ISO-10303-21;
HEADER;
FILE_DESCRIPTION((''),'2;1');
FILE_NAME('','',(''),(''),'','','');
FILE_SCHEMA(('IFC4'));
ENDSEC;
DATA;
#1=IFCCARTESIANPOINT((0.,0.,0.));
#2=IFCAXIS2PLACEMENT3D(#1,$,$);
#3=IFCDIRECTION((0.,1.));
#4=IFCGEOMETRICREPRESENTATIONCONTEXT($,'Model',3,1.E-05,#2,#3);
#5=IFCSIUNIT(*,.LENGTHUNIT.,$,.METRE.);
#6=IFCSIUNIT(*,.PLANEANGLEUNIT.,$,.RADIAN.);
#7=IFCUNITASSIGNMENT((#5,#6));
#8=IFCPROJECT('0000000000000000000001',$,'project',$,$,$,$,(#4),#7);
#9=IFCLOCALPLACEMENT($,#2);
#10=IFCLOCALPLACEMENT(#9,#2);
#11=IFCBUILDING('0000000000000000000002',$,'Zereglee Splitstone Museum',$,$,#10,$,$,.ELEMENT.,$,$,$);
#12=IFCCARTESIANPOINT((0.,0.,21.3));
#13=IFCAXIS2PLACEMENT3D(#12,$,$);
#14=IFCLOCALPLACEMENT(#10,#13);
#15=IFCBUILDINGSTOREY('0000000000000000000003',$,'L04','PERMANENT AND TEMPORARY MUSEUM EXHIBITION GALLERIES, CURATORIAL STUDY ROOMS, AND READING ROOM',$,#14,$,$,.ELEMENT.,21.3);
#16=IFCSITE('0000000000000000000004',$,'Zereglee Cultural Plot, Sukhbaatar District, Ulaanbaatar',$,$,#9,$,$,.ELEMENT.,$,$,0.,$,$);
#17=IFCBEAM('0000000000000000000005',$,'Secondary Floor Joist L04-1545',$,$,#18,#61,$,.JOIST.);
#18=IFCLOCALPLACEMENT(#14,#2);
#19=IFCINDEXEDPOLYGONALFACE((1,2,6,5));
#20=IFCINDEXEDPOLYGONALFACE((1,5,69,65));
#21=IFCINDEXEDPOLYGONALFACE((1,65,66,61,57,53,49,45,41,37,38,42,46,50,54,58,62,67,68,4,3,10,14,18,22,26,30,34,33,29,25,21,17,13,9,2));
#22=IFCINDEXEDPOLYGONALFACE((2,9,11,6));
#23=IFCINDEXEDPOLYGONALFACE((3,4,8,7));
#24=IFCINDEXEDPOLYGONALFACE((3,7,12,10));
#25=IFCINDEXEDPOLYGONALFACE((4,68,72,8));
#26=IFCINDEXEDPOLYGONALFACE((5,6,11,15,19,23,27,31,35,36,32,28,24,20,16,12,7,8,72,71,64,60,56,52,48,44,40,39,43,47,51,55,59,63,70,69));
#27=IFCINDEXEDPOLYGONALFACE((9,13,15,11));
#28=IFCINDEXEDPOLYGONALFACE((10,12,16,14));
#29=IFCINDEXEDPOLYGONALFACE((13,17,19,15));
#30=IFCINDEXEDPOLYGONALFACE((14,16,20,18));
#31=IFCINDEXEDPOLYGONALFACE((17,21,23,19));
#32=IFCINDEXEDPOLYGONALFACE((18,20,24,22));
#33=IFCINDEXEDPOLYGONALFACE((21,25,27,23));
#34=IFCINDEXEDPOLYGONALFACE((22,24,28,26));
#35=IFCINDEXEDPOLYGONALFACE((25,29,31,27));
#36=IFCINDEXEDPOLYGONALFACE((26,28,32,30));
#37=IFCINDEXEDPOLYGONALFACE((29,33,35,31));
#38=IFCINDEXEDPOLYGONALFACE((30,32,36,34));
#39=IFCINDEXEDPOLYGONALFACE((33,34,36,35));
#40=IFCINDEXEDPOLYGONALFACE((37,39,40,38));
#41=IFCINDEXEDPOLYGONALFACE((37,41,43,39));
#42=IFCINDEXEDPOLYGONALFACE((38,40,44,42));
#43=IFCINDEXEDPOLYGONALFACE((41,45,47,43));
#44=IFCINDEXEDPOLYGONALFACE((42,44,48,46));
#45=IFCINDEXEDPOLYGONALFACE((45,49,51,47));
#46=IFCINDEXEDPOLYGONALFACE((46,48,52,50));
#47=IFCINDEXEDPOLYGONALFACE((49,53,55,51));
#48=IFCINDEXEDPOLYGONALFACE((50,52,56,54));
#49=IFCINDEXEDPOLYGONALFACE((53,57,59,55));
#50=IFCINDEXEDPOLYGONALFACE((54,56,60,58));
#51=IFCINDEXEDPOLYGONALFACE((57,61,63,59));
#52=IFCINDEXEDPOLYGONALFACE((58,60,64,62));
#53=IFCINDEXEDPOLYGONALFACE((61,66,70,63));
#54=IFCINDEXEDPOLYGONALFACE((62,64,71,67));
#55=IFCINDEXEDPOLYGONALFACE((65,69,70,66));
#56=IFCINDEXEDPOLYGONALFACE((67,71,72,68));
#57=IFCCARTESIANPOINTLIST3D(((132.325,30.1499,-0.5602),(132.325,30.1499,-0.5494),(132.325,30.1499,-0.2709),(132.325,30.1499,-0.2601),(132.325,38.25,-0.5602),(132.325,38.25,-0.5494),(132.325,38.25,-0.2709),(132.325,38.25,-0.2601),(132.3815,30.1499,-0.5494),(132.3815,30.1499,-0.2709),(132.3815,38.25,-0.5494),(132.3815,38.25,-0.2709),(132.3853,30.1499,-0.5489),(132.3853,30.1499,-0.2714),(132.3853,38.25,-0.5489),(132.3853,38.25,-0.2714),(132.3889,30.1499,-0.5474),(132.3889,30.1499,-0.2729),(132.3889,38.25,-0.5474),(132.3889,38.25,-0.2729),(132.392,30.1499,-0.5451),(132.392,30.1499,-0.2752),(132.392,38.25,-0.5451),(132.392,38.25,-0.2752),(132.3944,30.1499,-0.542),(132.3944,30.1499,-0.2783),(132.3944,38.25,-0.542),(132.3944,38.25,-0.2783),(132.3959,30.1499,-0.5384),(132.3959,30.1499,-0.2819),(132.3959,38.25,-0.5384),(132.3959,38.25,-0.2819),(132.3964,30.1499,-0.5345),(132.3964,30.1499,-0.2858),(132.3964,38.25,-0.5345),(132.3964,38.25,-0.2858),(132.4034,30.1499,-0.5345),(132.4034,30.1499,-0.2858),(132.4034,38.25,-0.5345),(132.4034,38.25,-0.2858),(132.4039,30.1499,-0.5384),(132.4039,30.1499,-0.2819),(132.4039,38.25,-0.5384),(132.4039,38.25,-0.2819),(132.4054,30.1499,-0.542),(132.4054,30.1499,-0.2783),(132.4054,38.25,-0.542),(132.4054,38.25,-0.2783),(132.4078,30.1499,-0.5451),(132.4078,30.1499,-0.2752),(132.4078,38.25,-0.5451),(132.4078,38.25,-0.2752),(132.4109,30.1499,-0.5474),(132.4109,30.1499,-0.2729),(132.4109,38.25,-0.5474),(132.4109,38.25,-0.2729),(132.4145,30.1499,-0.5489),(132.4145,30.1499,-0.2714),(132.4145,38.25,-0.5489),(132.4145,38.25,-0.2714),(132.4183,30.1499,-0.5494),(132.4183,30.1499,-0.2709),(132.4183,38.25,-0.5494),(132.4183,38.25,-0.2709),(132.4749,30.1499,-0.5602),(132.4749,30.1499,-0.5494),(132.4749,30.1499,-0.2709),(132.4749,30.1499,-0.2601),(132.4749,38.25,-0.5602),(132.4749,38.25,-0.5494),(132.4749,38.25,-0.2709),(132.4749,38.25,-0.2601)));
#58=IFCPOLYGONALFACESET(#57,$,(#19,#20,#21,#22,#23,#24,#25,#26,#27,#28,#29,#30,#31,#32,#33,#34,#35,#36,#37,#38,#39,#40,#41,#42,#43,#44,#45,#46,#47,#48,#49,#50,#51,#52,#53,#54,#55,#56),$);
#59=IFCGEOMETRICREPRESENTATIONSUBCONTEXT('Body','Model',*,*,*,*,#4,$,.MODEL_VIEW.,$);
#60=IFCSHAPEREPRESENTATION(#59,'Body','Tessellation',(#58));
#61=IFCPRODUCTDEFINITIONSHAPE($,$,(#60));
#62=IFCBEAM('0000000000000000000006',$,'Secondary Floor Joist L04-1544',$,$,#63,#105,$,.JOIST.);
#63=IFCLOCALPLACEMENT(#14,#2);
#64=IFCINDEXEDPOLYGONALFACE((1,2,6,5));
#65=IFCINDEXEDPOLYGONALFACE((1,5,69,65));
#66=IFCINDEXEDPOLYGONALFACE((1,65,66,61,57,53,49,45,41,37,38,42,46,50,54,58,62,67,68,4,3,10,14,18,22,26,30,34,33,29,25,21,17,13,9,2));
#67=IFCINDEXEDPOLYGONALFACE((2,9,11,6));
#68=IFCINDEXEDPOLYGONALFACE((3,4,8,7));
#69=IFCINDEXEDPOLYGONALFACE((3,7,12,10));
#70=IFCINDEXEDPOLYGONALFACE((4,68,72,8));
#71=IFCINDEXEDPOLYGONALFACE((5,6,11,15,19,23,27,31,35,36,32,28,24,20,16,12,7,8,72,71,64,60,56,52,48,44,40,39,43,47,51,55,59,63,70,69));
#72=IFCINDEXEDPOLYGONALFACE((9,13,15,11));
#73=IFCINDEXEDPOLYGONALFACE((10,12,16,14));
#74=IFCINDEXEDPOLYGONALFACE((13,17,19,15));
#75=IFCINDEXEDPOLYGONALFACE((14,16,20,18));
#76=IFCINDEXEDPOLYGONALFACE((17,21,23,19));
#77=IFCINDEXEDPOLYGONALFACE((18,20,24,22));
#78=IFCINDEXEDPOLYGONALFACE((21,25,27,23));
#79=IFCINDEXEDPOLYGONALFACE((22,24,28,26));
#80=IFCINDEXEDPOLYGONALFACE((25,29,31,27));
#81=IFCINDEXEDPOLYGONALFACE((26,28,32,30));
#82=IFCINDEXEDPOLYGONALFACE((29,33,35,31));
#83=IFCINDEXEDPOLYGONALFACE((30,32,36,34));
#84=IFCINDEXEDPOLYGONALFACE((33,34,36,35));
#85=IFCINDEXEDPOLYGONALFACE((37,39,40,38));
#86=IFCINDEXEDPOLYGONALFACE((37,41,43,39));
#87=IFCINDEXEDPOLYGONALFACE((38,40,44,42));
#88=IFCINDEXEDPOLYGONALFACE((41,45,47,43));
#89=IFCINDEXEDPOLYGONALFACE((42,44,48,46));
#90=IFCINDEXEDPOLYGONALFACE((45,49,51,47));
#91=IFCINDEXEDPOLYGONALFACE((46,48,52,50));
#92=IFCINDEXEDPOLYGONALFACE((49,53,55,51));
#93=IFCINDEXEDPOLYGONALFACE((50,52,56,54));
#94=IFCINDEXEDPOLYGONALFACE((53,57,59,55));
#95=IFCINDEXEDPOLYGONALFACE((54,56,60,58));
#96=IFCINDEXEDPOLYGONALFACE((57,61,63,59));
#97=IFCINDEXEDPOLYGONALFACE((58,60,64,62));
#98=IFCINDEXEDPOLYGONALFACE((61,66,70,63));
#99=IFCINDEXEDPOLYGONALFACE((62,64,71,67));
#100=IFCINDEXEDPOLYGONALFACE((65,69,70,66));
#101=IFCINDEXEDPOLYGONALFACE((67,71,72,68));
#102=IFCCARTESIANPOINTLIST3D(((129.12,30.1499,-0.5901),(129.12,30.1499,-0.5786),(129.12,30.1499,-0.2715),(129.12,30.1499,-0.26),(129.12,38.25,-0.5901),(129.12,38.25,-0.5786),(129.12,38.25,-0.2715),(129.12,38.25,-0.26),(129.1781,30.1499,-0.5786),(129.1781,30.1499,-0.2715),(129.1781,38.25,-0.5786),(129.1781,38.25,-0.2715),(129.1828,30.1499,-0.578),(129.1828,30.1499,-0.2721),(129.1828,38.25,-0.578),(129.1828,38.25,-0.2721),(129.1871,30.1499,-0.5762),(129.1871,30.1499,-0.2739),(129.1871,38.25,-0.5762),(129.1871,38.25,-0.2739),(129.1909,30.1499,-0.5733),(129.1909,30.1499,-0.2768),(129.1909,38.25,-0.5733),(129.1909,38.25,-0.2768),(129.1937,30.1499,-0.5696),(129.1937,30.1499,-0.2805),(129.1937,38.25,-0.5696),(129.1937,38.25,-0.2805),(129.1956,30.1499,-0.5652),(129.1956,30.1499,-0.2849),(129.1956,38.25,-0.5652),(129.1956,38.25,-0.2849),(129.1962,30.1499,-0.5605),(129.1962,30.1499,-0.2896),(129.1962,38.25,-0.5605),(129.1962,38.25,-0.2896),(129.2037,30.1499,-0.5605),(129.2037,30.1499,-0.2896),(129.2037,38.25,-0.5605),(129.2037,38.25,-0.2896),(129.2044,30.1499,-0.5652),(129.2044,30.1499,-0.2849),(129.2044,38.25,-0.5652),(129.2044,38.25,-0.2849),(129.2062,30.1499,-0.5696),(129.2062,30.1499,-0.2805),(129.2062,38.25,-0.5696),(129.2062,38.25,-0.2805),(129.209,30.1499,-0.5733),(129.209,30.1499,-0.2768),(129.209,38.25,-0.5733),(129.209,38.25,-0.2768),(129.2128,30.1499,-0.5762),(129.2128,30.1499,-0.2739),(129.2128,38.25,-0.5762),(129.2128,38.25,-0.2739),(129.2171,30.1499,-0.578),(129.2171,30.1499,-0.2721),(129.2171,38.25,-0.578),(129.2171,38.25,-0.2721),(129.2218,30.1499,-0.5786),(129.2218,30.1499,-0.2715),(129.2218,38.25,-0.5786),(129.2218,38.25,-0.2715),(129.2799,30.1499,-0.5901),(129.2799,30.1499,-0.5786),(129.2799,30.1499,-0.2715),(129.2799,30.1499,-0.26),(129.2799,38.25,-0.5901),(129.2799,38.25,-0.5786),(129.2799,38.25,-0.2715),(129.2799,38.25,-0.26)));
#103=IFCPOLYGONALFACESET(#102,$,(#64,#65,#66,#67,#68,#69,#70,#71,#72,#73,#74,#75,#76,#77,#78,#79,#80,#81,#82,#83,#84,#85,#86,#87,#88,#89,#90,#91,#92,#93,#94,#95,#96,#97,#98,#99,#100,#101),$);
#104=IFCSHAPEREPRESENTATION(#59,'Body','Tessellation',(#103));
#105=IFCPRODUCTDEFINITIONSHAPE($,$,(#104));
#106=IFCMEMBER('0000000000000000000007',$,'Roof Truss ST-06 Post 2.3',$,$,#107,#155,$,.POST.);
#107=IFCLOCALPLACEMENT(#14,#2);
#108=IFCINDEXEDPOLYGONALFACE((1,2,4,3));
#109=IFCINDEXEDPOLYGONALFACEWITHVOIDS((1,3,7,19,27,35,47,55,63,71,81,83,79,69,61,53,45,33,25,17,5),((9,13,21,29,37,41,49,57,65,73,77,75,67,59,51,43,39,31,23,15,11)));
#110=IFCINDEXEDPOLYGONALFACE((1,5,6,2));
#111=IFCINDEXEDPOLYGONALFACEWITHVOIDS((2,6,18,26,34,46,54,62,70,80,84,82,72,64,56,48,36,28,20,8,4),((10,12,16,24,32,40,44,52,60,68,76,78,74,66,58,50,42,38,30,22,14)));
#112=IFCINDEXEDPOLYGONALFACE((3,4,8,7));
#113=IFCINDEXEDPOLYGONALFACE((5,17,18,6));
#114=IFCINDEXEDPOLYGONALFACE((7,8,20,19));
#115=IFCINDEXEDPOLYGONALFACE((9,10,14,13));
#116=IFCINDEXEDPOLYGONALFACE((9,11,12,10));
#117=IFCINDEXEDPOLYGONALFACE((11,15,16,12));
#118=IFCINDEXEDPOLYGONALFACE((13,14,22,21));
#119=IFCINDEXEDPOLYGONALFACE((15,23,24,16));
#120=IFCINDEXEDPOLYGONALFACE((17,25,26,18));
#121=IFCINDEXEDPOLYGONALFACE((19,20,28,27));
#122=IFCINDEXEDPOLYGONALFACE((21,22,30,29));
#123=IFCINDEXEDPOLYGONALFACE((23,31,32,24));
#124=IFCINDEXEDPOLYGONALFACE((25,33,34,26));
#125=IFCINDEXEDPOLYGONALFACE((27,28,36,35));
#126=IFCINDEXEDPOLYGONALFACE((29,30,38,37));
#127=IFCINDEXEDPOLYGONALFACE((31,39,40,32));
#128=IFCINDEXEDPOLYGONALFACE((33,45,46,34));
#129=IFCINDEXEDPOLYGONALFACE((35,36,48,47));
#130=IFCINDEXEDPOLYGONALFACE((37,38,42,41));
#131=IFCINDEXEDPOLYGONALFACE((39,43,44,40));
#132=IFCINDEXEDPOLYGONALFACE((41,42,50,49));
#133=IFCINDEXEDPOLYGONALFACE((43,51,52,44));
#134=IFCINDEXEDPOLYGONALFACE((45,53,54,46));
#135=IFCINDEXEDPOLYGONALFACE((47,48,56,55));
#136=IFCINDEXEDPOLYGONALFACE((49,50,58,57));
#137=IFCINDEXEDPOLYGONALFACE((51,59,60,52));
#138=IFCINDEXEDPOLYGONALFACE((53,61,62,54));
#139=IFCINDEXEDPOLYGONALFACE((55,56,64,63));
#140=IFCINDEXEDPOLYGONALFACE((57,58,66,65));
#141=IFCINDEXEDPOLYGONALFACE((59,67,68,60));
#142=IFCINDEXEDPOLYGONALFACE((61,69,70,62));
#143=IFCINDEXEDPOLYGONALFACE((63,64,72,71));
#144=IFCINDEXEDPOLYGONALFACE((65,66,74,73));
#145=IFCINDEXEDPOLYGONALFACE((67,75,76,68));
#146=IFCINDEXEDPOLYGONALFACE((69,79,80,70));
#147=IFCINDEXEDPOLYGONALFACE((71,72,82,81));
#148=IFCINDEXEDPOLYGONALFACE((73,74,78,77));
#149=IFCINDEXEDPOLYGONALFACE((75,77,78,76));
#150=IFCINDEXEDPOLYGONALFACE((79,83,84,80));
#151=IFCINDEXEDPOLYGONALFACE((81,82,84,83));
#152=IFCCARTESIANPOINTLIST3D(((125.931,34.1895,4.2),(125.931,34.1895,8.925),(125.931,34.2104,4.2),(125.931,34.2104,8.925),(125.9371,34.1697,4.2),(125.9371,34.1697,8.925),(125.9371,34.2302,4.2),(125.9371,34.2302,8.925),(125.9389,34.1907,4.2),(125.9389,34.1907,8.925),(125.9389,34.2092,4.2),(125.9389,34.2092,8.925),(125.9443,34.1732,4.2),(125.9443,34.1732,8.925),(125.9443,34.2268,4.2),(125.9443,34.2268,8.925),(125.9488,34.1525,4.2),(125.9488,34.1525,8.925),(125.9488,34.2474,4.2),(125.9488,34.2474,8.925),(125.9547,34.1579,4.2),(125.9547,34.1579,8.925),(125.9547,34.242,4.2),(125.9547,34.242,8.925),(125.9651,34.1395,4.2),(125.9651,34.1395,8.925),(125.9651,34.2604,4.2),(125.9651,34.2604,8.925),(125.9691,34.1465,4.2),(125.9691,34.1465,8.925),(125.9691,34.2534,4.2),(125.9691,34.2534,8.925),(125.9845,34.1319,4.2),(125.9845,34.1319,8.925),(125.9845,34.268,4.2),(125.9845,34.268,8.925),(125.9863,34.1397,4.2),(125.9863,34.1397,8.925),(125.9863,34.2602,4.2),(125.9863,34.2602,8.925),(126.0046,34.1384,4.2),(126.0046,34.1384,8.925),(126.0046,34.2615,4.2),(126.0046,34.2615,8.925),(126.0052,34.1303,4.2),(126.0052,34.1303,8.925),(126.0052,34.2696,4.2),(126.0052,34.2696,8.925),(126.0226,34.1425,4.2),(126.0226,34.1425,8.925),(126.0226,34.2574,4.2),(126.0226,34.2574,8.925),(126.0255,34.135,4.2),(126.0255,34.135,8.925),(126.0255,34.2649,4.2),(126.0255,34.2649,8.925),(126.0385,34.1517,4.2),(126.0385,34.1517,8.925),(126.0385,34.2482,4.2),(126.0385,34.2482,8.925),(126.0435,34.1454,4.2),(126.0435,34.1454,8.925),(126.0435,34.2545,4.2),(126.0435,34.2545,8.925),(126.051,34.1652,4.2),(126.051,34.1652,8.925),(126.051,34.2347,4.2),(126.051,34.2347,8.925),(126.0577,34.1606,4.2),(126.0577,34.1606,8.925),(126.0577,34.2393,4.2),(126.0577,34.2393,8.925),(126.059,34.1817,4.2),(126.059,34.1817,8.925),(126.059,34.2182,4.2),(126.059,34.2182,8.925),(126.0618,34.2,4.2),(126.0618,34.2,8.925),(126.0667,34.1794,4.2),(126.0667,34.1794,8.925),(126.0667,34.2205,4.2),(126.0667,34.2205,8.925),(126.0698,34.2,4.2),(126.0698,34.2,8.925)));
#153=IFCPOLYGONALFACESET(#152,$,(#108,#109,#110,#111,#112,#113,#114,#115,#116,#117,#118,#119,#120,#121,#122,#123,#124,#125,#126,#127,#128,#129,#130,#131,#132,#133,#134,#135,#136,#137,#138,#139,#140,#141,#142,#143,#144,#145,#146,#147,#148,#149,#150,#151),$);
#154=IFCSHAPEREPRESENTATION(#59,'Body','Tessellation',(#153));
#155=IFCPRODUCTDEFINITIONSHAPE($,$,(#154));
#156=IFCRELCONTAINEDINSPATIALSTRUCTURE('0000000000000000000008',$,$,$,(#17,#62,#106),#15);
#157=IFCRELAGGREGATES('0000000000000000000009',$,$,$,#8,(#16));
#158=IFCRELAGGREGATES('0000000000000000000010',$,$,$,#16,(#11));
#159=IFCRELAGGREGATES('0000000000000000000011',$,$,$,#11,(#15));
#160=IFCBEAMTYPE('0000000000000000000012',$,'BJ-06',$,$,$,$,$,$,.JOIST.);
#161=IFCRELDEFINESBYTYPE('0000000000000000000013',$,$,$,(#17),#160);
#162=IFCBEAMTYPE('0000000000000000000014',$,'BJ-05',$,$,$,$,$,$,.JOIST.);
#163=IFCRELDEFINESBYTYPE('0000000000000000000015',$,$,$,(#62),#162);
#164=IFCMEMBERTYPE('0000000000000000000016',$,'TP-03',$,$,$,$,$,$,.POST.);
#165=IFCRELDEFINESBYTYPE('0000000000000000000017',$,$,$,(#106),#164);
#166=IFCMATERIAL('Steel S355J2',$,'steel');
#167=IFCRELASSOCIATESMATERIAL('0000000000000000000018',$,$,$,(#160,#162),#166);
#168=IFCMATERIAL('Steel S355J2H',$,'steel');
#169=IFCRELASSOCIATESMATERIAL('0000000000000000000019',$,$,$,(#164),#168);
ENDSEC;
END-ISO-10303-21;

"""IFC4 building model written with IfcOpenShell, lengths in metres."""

from ifc_helpers import new_model, si_unit, direction, frame, origin, origin_2d, place, context, subcontext, project, spatial, hollow_circle, i_section, extrude, material, material_profile, profile_set, type_object, element, save


model = new_model("IFC4")

# Units and contexts
model_context = context("Model", 3, precision=1e-05, world=origin(), true_north=direction((0.0, 1.0)))
body_context = subcontext(model_context, "Body", "Model", "MODEL_VIEW")
ifc_project = project(units=[si_unit("LENGTHUNIT", "METRE"), si_unit("PLANEANGLEUNIT", "RADIAN")], contexts=[model_context])

# Site, building, storey
site_placement = place(None, origin())
site = spatial("IfcSite", under=ifc_project, at=site_placement, Name="Zereglee Cultural Plot, Sukhbaatar District, Ulaanbaatar", CompositionType="ELEMENT", RefElevation=0.0)
building_placement = place(site_placement, origin())
building = spatial("IfcBuilding", under=site, at=building_placement, Name="Zereglee Splitstone Museum", CompositionType="ELEMENT")
storey_placement = place(building_placement, frame((0.0, 0.0, 21.3)))
storey = spatial("IfcBuildingStorey", under=building, at=storey_placement, Name="L04", Description="PERMANENT AND TEMPORARY MUSEUM EXHIBITION GALLERIES, CURATORIAL STUDY ROOMS, AND READING ROOM", CompositionType="ELEMENT", Elevation=21.3)

# Shared definitions
ifc_material_1 = material(Name="Steel S355J2", Category="steel")
ifc_material_2 = material(Name="Steel S355J2H", Category="steel")

# Beams
ifc_material_profile_1 = material_profile(ifc_material_1, i_section(OverallWidth=0.1499, OverallDepth=0.3, WebThickness=0.0071, FlangeThickness=0.0107, FilletRadius=0.0149, at=origin_2d()), Name="IPE 300")
ifc_profile_set_1 = profile_set([ifc_material_profile_1], Name="Steel S355J2")
beam_type_1 = type_object("IfcBeamType", Name="BJ-06", PredefinedType="JOIST", material=ifc_profile_set_1)
beam_1_placement = place(storey_placement, frame((132.3999, 30.1499, -0.4102), z_axis=(0.0, 1.0, 0.0), x_axis=(-1.0, 0.0, 0.0)))
element("IfcBeam", 1, at=beam_1_placement, inside=storey, type_object=beam_type_1, Name="Secondary Floor Joist L04-1545", PredefinedType="JOIST", context=body_context, shape_type="SweptSolid", body=[
    extrude(i_section(OverallWidth=0.1499, OverallDepth=0.3, WebThickness=0.0071, FlangeThickness=0.0107, FilletRadius=0.0149, at=origin_2d()), origin(), (0.0, 0.0, 1.0), 8.1001),
])
ifc_material_profile_2 = material_profile(ifc_material_1, i_section(OverallWidth=0.1599, OverallDepth=0.3301, WebThickness=0.0076, FlangeThickness=0.0115, FilletRadius=0.0181, at=origin_2d()), Name="IPE 330")
ifc_profile_set_2 = profile_set([ifc_material_profile_2], Name="Steel S355J2")
beam_type_2 = type_object("IfcBeamType", Name="BJ-05", PredefinedType="JOIST", material=ifc_profile_set_2)
beam_2_placement = place(storey_placement, frame((129.2, 30.1499, -0.425), z_axis=(0.0, 1.0, 0.0), x_axis=(-1.0, 0.0, 0.0)))
element("IfcBeam", 2, at=beam_2_placement, inside=storey, type_object=beam_type_2, Name="Secondary Floor Joist L04-1544", PredefinedType="JOIST", context=body_context, shape_type="SweptSolid", body=[
    extrude(i_section(OverallWidth=0.1599, OverallDepth=0.3301, WebThickness=0.0076, FlangeThickness=0.0115, FilletRadius=0.0181, at=origin_2d()), origin(), (0.0, 0.0, 1.0), 8.1001),
])

# Member
ifc_material_profile_3 = material_profile(ifc_material_2, hollow_circle(Radius=0.0698, WallThickness=0.0081, at=origin_2d()), Name="CHS 139.7x8")
ifc_profile_set_3 = profile_set([ifc_material_profile_3], Name="Steel S355J2H")
member_type_1 = type_object("IfcMemberType", Name="TP-03", PredefinedType="POST", material=ifc_profile_set_3)
member_1_placement = place(storey_placement, frame((126.0, 34.2, 4.2), z_axis=(0.0, 0.0, 1.0), x_axis=(1.0, 0.0, 0.0)))
element("IfcMember", 3, at=member_1_placement, inside=storey, type_object=member_type_1, Name="Roof Truss ST-06 Post 2.3", PredefinedType="POST", context=body_context, shape_type="SweptSolid", body=[
    extrude(hollow_circle(Radius=0.0698, WallThickness=0.0081, at=origin_2d()), origin(), (0.0, 0.0, 1.0), 4.7251),
])

save(model, "model.ifc")
